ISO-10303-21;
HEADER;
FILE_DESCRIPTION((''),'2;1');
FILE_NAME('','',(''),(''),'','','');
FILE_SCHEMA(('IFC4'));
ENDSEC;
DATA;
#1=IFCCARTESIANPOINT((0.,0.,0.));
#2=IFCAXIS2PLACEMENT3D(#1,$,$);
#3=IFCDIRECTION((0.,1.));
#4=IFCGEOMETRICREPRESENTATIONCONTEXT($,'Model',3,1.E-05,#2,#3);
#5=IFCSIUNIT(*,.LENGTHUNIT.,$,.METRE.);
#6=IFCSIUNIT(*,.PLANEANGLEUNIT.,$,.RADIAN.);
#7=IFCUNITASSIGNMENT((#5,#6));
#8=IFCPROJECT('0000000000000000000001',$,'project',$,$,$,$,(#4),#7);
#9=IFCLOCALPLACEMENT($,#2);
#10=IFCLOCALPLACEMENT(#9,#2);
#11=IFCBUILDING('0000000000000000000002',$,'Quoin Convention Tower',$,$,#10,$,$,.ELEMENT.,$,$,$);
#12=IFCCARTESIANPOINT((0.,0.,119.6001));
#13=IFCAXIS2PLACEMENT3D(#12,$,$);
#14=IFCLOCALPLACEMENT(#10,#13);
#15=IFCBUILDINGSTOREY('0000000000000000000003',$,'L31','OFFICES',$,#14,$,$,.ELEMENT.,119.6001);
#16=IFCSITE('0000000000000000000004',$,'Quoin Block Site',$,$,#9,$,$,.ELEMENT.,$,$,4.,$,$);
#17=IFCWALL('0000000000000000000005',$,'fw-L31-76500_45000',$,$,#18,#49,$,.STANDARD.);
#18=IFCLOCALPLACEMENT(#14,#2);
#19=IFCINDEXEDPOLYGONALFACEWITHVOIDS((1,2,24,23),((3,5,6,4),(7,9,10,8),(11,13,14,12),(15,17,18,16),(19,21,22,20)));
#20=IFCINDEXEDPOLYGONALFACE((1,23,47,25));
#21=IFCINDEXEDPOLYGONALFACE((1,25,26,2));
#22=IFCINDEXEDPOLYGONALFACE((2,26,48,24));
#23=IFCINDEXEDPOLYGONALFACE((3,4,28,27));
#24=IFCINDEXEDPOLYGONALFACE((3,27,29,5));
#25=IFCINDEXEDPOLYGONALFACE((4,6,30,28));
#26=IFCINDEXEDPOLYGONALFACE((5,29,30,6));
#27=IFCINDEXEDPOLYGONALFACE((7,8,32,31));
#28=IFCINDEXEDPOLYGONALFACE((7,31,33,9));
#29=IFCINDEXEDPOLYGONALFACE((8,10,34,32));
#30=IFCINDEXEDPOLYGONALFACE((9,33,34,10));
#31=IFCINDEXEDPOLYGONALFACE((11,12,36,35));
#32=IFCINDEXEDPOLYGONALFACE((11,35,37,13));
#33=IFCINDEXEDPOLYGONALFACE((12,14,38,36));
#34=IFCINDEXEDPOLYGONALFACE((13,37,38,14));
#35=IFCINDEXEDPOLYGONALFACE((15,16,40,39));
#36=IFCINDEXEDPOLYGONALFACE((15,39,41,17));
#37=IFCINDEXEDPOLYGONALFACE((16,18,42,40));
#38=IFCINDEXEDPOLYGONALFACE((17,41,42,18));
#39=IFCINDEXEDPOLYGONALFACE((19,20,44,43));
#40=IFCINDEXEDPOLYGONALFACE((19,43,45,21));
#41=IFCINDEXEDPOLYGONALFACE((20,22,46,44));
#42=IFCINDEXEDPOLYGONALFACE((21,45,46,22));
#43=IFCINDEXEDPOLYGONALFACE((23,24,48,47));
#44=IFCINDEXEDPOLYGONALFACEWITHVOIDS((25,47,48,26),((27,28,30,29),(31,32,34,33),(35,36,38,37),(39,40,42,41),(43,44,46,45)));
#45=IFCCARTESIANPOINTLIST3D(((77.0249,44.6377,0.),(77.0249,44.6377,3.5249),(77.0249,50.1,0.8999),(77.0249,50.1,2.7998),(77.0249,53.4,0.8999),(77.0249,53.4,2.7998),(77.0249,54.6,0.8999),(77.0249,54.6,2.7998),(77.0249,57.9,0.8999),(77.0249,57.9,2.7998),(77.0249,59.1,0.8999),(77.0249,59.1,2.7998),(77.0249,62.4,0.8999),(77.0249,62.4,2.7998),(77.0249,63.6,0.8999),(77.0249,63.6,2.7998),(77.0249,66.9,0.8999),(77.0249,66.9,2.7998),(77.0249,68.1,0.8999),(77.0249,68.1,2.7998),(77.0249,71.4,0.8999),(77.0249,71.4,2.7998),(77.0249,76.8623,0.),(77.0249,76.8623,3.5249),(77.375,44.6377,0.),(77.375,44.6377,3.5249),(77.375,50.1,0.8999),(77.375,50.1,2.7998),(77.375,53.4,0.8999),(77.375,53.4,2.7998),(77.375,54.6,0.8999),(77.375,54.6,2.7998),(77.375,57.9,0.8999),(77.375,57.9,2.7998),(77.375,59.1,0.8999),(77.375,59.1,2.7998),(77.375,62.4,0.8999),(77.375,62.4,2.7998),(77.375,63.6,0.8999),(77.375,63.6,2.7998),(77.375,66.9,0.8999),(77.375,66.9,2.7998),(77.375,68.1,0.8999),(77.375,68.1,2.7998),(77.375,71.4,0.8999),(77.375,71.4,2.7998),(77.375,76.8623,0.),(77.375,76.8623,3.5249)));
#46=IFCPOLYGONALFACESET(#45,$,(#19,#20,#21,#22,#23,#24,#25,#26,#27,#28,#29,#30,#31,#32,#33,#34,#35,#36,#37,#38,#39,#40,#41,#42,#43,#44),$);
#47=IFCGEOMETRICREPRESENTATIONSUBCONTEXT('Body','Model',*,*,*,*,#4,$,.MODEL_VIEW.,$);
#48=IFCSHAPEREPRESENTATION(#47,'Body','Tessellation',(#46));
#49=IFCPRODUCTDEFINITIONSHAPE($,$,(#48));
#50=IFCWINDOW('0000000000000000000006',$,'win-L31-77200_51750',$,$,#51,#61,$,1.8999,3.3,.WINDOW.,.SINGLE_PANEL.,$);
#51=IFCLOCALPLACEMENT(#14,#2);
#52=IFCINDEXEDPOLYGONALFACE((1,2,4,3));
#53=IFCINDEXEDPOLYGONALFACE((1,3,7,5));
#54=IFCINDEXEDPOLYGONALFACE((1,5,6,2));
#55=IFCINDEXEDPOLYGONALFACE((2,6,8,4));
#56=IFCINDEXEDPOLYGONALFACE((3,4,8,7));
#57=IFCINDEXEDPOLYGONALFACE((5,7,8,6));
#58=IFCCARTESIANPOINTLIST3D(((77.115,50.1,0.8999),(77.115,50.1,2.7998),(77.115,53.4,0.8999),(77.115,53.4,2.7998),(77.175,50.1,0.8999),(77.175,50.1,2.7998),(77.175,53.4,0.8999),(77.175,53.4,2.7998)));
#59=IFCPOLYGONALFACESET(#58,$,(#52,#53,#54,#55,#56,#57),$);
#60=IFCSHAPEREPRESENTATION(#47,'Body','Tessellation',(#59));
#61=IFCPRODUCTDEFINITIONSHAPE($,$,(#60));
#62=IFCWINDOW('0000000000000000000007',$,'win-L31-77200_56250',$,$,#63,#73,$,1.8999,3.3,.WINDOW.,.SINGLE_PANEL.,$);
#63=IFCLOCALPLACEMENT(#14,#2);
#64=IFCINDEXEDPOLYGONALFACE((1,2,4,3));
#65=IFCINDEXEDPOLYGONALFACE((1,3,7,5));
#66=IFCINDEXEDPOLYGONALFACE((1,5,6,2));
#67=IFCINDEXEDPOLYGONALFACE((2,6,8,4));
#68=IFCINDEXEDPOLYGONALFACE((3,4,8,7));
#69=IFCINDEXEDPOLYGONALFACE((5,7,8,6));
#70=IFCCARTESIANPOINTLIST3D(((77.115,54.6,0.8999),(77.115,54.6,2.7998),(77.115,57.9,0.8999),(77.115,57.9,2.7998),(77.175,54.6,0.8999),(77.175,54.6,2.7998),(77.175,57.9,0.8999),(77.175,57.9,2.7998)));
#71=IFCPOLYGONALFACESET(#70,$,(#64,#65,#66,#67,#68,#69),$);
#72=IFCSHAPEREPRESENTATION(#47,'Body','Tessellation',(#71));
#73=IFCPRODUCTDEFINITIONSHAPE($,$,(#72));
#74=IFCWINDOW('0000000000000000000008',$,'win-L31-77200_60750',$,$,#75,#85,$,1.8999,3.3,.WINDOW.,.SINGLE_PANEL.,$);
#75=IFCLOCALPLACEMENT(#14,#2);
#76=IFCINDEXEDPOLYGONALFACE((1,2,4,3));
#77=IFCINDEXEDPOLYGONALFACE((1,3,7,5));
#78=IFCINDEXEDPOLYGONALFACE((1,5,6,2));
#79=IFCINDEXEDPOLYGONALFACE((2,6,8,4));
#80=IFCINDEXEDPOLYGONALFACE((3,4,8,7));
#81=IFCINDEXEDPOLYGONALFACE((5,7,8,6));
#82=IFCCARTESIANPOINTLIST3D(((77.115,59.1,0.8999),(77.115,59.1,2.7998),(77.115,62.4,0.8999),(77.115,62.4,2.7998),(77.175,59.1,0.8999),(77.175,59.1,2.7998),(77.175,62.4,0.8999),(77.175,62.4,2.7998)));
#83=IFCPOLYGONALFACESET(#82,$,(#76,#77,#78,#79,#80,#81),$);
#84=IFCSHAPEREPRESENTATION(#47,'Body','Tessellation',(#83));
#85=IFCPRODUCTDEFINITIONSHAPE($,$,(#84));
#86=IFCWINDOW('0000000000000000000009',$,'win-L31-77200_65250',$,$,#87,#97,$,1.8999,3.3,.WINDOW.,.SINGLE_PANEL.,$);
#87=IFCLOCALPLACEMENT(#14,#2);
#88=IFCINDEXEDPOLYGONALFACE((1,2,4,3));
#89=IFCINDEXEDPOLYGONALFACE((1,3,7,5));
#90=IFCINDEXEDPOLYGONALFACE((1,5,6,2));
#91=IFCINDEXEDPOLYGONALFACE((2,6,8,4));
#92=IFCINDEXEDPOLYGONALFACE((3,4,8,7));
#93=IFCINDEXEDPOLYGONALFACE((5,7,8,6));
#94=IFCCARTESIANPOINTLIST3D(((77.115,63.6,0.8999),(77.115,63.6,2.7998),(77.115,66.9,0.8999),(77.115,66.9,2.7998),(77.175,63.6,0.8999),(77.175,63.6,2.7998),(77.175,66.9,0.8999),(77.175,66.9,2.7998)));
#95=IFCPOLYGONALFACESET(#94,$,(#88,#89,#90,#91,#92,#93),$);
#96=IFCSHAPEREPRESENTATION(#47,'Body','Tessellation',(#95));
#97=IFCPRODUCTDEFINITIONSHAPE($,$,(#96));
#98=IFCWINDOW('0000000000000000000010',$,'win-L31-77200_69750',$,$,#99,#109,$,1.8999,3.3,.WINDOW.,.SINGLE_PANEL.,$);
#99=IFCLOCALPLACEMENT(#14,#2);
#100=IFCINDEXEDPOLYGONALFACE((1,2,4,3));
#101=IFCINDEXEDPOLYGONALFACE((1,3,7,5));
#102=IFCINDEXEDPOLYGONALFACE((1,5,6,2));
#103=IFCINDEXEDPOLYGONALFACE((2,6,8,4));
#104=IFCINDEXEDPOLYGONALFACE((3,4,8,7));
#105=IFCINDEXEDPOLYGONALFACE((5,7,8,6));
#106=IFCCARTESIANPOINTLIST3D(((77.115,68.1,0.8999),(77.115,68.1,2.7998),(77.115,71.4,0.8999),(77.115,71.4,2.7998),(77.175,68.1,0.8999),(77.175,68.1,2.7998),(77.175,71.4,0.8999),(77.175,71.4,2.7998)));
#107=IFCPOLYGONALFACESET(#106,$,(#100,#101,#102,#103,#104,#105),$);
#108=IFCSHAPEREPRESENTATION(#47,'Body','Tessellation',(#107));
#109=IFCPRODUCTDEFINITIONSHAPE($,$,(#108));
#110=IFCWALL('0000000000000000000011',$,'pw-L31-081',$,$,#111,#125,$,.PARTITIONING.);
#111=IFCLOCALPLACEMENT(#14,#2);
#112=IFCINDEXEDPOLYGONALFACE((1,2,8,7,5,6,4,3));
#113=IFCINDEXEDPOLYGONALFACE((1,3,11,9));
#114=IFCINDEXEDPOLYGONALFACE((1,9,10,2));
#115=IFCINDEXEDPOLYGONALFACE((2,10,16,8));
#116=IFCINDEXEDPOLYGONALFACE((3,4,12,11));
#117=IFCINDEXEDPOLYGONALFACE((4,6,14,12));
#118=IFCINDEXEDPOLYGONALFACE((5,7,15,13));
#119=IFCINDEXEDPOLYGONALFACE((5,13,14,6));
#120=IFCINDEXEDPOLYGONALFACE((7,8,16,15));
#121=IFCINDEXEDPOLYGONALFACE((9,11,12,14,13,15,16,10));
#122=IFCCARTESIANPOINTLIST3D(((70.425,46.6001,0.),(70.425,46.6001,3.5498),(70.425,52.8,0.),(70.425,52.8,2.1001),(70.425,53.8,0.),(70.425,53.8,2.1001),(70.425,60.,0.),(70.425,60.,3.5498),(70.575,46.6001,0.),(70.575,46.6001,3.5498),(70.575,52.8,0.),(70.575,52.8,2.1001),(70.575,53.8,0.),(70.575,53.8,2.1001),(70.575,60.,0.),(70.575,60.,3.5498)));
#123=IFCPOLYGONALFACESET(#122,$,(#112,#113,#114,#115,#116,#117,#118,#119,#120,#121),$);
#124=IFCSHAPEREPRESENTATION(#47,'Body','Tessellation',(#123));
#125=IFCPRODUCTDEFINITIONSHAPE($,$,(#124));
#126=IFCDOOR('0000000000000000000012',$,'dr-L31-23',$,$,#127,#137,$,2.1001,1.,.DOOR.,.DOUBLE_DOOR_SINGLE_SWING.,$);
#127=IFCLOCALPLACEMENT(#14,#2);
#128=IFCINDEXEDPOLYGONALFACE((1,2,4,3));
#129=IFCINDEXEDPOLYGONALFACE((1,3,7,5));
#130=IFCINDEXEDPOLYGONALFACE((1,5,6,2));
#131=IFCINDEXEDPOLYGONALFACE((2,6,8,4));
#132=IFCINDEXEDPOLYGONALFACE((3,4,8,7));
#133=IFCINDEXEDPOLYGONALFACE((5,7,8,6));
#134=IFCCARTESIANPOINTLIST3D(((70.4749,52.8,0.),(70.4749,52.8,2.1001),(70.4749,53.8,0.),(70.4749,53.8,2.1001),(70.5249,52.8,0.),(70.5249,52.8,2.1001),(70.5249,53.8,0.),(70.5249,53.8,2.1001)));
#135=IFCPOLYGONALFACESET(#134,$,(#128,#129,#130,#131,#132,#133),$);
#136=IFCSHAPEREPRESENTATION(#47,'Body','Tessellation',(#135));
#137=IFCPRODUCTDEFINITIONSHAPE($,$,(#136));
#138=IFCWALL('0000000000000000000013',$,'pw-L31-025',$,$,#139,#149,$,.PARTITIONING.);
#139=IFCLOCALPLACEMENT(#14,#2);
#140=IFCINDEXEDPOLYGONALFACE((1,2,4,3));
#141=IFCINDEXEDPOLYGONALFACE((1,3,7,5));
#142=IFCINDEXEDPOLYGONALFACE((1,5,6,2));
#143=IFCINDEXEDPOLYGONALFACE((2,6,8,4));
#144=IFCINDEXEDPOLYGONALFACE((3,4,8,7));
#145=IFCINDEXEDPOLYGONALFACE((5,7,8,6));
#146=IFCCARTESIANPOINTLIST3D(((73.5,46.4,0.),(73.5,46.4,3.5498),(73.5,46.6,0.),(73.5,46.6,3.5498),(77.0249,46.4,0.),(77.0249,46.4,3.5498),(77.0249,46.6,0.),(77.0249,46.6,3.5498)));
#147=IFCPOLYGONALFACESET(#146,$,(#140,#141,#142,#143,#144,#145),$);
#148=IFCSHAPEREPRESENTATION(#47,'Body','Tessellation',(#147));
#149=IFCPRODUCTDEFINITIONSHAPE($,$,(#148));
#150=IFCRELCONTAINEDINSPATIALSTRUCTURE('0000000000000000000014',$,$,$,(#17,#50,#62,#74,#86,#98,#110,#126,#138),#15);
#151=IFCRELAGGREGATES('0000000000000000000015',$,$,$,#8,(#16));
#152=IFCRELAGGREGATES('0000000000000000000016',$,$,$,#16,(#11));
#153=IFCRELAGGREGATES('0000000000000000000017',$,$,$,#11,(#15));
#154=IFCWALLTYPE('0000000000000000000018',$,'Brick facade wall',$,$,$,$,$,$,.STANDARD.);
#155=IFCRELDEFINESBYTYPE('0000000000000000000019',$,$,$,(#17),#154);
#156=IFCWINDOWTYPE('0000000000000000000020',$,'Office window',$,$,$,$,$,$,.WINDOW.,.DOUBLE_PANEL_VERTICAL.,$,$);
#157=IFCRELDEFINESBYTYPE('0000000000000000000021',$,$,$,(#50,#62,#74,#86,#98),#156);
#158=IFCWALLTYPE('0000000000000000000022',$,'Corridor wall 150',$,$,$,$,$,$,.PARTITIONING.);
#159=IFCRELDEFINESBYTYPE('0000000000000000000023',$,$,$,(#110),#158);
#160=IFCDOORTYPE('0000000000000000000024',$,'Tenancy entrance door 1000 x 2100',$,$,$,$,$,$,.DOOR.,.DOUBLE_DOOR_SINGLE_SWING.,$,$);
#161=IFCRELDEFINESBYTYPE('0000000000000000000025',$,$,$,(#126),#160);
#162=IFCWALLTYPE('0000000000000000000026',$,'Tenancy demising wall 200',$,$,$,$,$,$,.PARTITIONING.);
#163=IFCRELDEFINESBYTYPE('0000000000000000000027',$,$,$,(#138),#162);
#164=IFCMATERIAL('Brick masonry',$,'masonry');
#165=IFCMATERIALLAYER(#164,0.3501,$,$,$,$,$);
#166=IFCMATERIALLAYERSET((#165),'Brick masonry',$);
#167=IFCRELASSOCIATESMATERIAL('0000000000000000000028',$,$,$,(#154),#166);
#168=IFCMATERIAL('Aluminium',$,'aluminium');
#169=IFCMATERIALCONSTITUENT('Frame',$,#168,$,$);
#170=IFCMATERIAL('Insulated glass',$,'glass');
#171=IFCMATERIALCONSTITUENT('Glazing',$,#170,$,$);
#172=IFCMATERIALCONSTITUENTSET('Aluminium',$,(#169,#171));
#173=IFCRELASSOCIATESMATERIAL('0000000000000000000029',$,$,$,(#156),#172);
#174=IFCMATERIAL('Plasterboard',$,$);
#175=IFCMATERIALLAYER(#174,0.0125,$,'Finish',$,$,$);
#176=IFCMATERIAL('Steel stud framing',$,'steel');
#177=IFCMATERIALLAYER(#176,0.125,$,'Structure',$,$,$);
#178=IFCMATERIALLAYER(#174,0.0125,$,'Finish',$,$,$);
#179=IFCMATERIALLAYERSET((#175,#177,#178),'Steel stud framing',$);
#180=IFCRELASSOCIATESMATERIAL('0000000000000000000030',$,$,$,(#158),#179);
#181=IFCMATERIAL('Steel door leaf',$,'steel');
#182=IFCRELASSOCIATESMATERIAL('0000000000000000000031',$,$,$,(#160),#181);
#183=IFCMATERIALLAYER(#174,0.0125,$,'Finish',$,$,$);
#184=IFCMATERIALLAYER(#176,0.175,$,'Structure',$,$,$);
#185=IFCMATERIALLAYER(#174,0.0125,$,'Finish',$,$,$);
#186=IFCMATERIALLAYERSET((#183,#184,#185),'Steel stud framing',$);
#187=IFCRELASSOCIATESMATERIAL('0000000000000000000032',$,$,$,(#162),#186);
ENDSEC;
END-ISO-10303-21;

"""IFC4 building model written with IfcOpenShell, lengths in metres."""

from ifc_helpers import new_model, si_unit, direction, frame, frame_2d, origin, place, context, subcontext, project, spatial, rectangle, extrude, material, layer, layer_set, constituent, constituent_set, type_object, element, fill, save


model = new_model("IFC4")

# Units and contexts
model_context = context("Model", 3, precision=1e-05, world=origin(), true_north=direction((0.0, 1.0)))
body_context = subcontext(model_context, "Body", "Model", "MODEL_VIEW")
ifc_project = project(units=[si_unit("LENGTHUNIT", "METRE"), si_unit("PLANEANGLEUNIT", "RADIAN")], contexts=[model_context])

# Site, building, storey
site_placement = place(None, origin())
site = spatial("IfcSite", under=ifc_project, at=site_placement, Name="Quoin Block Site", CompositionType="ELEMENT", RefElevation=4.0)
building_placement = place(site_placement, origin())
building = spatial("IfcBuilding", under=site, at=building_placement, Name="Quoin Convention Tower", CompositionType="ELEMENT")
storey_placement = place(building_placement, frame((0.0, 0.0, 119.6001)))
storey = spatial("IfcBuildingStorey", under=building, at=storey_placement, Name="L31", Description="OFFICES", CompositionType="ELEMENT", Elevation=119.6001)

# Shared definitions
ifc_material_1 = material(Name="Plasterboard")
ifc_material_2 = material(Name="Steel stud framing", Category="steel")
ifc_material_3 = material(Name="Steel door leaf", Category="steel")

# Wall, openings, windows
ifc_material_4 = material(Name="Brick masonry", Category="masonry")
ifc_layer_1 = layer(ifc_material_4, 0.3501)
ifc_layer_set_1 = layer_set([ifc_layer_1], Name="Brick masonry")
wall_type_1 = type_object("IfcWallType", Name="Brick facade wall", PredefinedType="STANDARD", material=ifc_layer_set_1)
wall_1_placement = place(storey_placement, frame((77.2, 44.6377, 0.0), z_axis=(0.0, 0.0, 1.0), x_axis=(0.0, 1.0, 0.0)))
wall_1 = element("IfcWall", 1, at=wall_1_placement, inside=storey, type_object=wall_type_1, Name="fw-L31-76500_45000", PredefinedType="STANDARD", context=body_context, shape_type="SweptSolid", body=[
    extrude(rectangle(XDim=32.2246, YDim=0.3501, at=frame_2d((16.1123, 0.0))), origin(), (0.0, 0.0, 1.0), 3.5249),
])
opening_1_placement = place(wall_1_placement, frame((5.4624, 0.0, 0.8999)))
opening_1 = element("IfcOpeningElement", 2, at=opening_1_placement, cuts=wall_1, PredefinedType="OPENING", context=body_context, shape_type="SweptSolid", body=[
    extrude(rectangle(XDim=3.3, YDim=1.8999, at=frame_2d((1.6499, 0.95))), frame((0.0, 0.1851, 0.0), z_axis=(0.0, -1.0, 0.0), x_axis=(1.0, 0.0, 0.0)), (0.0, 0.0, 1.0), 0.3701),
])
opening_2_placement = place(wall_1_placement, frame((9.9624, 0.0, 0.8999)))
opening_2 = element("IfcOpeningElement", 3, at=opening_2_placement, cuts=wall_1, PredefinedType="OPENING", context=body_context, shape_type="SweptSolid", body=[
    extrude(rectangle(XDim=3.3, YDim=1.8999, at=frame_2d((1.6499, 0.95))), frame((0.0, 0.1851, 0.0), z_axis=(0.0, -1.0, 0.0), x_axis=(1.0, 0.0, 0.0)), (0.0, 0.0, 1.0), 0.3701),
])
opening_3_placement = place(wall_1_placement, frame((14.4624, 0.0, 0.8999)))
opening_3 = element("IfcOpeningElement", 4, at=opening_3_placement, cuts=wall_1, PredefinedType="OPENING", context=body_context, shape_type="SweptSolid", body=[
    extrude(rectangle(XDim=3.3, YDim=1.8999, at=frame_2d((1.6499, 0.95))), frame((0.0, 0.1851, 0.0), z_axis=(0.0, -1.0, 0.0), x_axis=(1.0, 0.0, 0.0)), (0.0, 0.0, 1.0), 0.3701),
])
opening_4_placement = place(wall_1_placement, frame((18.9624, 0.0, 0.8999)))
opening_4 = element("IfcOpeningElement", 5, at=opening_4_placement, cuts=wall_1, PredefinedType="OPENING", context=body_context, shape_type="SweptSolid", body=[
    extrude(rectangle(XDim=3.3, YDim=1.8999, at=frame_2d((1.6499, 0.95))), frame((0.0, 0.1851, 0.0), z_axis=(0.0, -1.0, 0.0), x_axis=(1.0, 0.0, 0.0)), (0.0, 0.0, 1.0), 0.3701),
])
opening_5_placement = place(wall_1_placement, frame((23.4624, 0.0, 0.8999)))
opening_5 = element("IfcOpeningElement", 6, at=opening_5_placement, cuts=wall_1, PredefinedType="OPENING", context=body_context, shape_type="SweptSolid", body=[
    extrude(rectangle(XDim=3.3, YDim=1.8999, at=frame_2d((1.6499, 0.95))), frame((0.0, 0.1851, 0.0), z_axis=(0.0, -1.0, 0.0), x_axis=(1.0, 0.0, 0.0)), (0.0, 0.0, 1.0), 0.3701),
])
ifc_material_5 = material(Name="Aluminium", Category="aluminium")
ifc_constituent_1 = constituent(ifc_material_5, Name="Frame")
ifc_material_6 = material(Name="Insulated glass", Category="glass")
ifc_constituent_2 = constituent(ifc_material_6, Name="Glazing")
ifc_constituent_set = constituent_set(constituents=[ifc_constituent_1, ifc_constituent_2], Name="Aluminium")
window_type = type_object("IfcWindowType", Name="Office window", PartitioningType="DOUBLE_PANEL_VERTICAL", PredefinedType="WINDOW", material=ifc_constituent_set)
window_1_placement = place(opening_1_placement, origin())
window_1 = element("IfcWindow", 7, at=window_1_placement, inside=storey, type_object=window_type, Name="win-L31-77200_51750", OverallHeight=1.8999, OverallWidth=3.3, PartitioningType="SINGLE_PANEL", PredefinedType="WINDOW", context=body_context, shape_type="SweptSolid", body=[
    extrude(rectangle(XDim=3.3, YDim=1.8999, at=frame_2d((1.6499, 0.95))), frame((0.0, 0.085, 0.0), z_axis=(0.0, -1.0, 0.0), x_axis=(1.0, 0.0, 0.0)), (0.0, 0.0, 1.0), 0.0601),
])
fill(opening_1, window_1)
window_2_placement = place(opening_2_placement, origin())
window_2 = element("IfcWindow", 8, at=window_2_placement, inside=storey, type_object=window_type, Name="win-L31-77200_56250", OverallHeight=1.8999, OverallWidth=3.3, PartitioningType="SINGLE_PANEL", PredefinedType="WINDOW", context=body_context, shape_type="SweptSolid", body=[
    extrude(rectangle(XDim=3.3, YDim=1.8999, at=frame_2d((1.6499, 0.95))), frame((0.0, 0.085, 0.0), z_axis=(0.0, -1.0, 0.0), x_axis=(1.0, 0.0, 0.0)), (0.0, 0.0, 1.0), 0.0601),
])
fill(opening_2, window_2)
window_3_placement = place(opening_3_placement, origin())
window_3 = element("IfcWindow", 9, at=window_3_placement, inside=storey, type_object=window_type, Name="win-L31-77200_60750", OverallHeight=1.8999, OverallWidth=3.3, PartitioningType="SINGLE_PANEL", PredefinedType="WINDOW", context=body_context, shape_type="SweptSolid", body=[
    extrude(rectangle(XDim=3.3, YDim=1.8999, at=frame_2d((1.6499, 0.95))), frame((0.0, 0.085, 0.0), z_axis=(0.0, -1.0, 0.0), x_axis=(1.0, 0.0, 0.0)), (0.0, 0.0, 1.0), 0.0601),
])
fill(opening_3, window_3)
window_4_placement = place(opening_4_placement, origin())
window_4 = element("IfcWindow", 10, at=window_4_placement, inside=storey, type_object=window_type, Name="win-L31-77200_65250", OverallHeight=1.8999, OverallWidth=3.3, PartitioningType="SINGLE_PANEL", PredefinedType="WINDOW", context=body_context, shape_type="SweptSolid", body=[
    extrude(rectangle(XDim=3.3, YDim=1.8999, at=frame_2d((1.6499, 0.95))), frame((0.0, 0.085, 0.0), z_axis=(0.0, -1.0, 0.0), x_axis=(1.0, 0.0, 0.0)), (0.0, 0.0, 1.0), 0.0601),
])
fill(opening_4, window_4)
window_5_placement = place(opening_5_placement, origin())
window_5 = element("IfcWindow", 11, at=window_5_placement, inside=storey, type_object=window_type, Name="win-L31-77200_69750", OverallHeight=1.8999, OverallWidth=3.3, PartitioningType="SINGLE_PANEL", PredefinedType="WINDOW", context=body_context, shape_type="SweptSolid", body=[
    extrude(rectangle(XDim=3.3, YDim=1.8999, at=frame_2d((1.6499, 0.95))), frame((0.0, 0.085, 0.0), z_axis=(0.0, -1.0, 0.0), x_axis=(1.0, 0.0, 0.0)), (0.0, 0.0, 1.0), 0.0601),
])
fill(opening_5, window_5)

# Wall, opening, door
ifc_layer_2 = layer(ifc_material_1, 0.0125, Name="Finish")
ifc_layer_3 = layer(ifc_material_2, 0.125, Name="Structure")
ifc_layer_4 = layer(ifc_material_1, 0.0125, Name="Finish")
ifc_layer_set_2 = layer_set([ifc_layer_2, ifc_layer_3, ifc_layer_4], Name="Steel stud framing")
wall_type_2 = type_object("IfcWallType", Name="Corridor wall 150", PredefinedType="PARTITIONING", material=ifc_layer_set_2)
wall_2_placement = place(storey_placement, frame((70.5, 46.6001, 0.0), z_axis=(0.0, 0.0, 1.0), x_axis=(0.0, 1.0, 0.0)))
wall_2 = element("IfcWall", 12, at=wall_2_placement, inside=storey, type_object=wall_type_2, Name="pw-L31-081", PredefinedType="PARTITIONING", context=body_context, shape_type="SweptSolid", body=[
    extrude(rectangle(XDim=13.3999, YDim=0.1499, at=frame_2d((6.7, 0.0))), origin(), (0.0, 0.0, 1.0), 3.5498),
])
opening_6_placement = place(wall_2_placement, frame((6.2, 0.0, 0.0)))
opening_6 = element("IfcOpeningElement", 13, at=opening_6_placement, cuts=wall_2, PredefinedType="OPENING", context=body_context, shape_type="SweptSolid", body=[
    extrude(rectangle(XDim=1.0, YDim=2.1001, at=frame_2d((0.5, 1.05))), frame((0.0, 0.085, 0.0), z_axis=(0.0, -1.0, 0.0), x_axis=(1.0, 0.0, 0.0)), (0.0, 0.0, 1.0), 0.1699),
])
door_type_1 = type_object("IfcDoorType", Name="Tenancy entrance door 1000 x 2100", OperationType="DOUBLE_DOOR_SINGLE_SWING", PredefinedType="DOOR", material=ifc_material_3)
door_1_placement = place(opening_6_placement, frame((1.0, 0.0, 0.0), z_axis=(0.0, 0.0, 1.0), x_axis=(-1.0, 0.0, 0.0)))
door_1 = element("IfcDoor", 14, at=door_1_placement, inside=storey, type_object=door_type_1, Name="dr-L31-23", OperationType="DOUBLE_DOOR_SINGLE_SWING", OverallHeight=2.1001, OverallWidth=1.0, PredefinedType="DOOR", context=body_context, shape_type="SweptSolid", body=[
    extrude(rectangle(XDim=1.0, YDim=2.1001, at=frame_2d((0.5, 1.05))), frame((0.0, 0.0249, 0.0), z_axis=(0.0, -1.0, 0.0), x_axis=(1.0, 0.0, 0.0)), (0.0, 0.0, 1.0), 0.05),
])
fill(opening_6, door_1)

# Wall
ifc_layer_5 = layer(ifc_material_1, 0.0125, Name="Finish")
ifc_layer_6 = layer(ifc_material_2, 0.175, Name="Structure")
ifc_layer_7 = layer(ifc_material_1, 0.0125, Name="Finish")
ifc_layer_set_3 = layer_set([ifc_layer_5, ifc_layer_6, ifc_layer_7], Name="Steel stud framing")
wall_type_3 = type_object("IfcWallType", Name="Tenancy demising wall 200", PredefinedType="PARTITIONING", material=ifc_layer_set_3)
wall_3_placement = place(storey_placement, frame((73.5, 46.5, 0.0), z_axis=(0.0, 0.0, 1.0), x_axis=(1.0, 0.0, 0.0)))
element("IfcWall", 15, at=wall_3_placement, inside=storey, type_object=wall_type_3, Name="pw-L31-025", PredefinedType="PARTITIONING", context=body_context, shape_type="SweptSolid", body=[
    extrude(rectangle(XDim=3.5249, YDim=0.2, at=frame_2d((1.7625, 0.0))), origin(), (0.0, 0.0, 1.0), 3.5498),
])

save(model, "model.ifc")
